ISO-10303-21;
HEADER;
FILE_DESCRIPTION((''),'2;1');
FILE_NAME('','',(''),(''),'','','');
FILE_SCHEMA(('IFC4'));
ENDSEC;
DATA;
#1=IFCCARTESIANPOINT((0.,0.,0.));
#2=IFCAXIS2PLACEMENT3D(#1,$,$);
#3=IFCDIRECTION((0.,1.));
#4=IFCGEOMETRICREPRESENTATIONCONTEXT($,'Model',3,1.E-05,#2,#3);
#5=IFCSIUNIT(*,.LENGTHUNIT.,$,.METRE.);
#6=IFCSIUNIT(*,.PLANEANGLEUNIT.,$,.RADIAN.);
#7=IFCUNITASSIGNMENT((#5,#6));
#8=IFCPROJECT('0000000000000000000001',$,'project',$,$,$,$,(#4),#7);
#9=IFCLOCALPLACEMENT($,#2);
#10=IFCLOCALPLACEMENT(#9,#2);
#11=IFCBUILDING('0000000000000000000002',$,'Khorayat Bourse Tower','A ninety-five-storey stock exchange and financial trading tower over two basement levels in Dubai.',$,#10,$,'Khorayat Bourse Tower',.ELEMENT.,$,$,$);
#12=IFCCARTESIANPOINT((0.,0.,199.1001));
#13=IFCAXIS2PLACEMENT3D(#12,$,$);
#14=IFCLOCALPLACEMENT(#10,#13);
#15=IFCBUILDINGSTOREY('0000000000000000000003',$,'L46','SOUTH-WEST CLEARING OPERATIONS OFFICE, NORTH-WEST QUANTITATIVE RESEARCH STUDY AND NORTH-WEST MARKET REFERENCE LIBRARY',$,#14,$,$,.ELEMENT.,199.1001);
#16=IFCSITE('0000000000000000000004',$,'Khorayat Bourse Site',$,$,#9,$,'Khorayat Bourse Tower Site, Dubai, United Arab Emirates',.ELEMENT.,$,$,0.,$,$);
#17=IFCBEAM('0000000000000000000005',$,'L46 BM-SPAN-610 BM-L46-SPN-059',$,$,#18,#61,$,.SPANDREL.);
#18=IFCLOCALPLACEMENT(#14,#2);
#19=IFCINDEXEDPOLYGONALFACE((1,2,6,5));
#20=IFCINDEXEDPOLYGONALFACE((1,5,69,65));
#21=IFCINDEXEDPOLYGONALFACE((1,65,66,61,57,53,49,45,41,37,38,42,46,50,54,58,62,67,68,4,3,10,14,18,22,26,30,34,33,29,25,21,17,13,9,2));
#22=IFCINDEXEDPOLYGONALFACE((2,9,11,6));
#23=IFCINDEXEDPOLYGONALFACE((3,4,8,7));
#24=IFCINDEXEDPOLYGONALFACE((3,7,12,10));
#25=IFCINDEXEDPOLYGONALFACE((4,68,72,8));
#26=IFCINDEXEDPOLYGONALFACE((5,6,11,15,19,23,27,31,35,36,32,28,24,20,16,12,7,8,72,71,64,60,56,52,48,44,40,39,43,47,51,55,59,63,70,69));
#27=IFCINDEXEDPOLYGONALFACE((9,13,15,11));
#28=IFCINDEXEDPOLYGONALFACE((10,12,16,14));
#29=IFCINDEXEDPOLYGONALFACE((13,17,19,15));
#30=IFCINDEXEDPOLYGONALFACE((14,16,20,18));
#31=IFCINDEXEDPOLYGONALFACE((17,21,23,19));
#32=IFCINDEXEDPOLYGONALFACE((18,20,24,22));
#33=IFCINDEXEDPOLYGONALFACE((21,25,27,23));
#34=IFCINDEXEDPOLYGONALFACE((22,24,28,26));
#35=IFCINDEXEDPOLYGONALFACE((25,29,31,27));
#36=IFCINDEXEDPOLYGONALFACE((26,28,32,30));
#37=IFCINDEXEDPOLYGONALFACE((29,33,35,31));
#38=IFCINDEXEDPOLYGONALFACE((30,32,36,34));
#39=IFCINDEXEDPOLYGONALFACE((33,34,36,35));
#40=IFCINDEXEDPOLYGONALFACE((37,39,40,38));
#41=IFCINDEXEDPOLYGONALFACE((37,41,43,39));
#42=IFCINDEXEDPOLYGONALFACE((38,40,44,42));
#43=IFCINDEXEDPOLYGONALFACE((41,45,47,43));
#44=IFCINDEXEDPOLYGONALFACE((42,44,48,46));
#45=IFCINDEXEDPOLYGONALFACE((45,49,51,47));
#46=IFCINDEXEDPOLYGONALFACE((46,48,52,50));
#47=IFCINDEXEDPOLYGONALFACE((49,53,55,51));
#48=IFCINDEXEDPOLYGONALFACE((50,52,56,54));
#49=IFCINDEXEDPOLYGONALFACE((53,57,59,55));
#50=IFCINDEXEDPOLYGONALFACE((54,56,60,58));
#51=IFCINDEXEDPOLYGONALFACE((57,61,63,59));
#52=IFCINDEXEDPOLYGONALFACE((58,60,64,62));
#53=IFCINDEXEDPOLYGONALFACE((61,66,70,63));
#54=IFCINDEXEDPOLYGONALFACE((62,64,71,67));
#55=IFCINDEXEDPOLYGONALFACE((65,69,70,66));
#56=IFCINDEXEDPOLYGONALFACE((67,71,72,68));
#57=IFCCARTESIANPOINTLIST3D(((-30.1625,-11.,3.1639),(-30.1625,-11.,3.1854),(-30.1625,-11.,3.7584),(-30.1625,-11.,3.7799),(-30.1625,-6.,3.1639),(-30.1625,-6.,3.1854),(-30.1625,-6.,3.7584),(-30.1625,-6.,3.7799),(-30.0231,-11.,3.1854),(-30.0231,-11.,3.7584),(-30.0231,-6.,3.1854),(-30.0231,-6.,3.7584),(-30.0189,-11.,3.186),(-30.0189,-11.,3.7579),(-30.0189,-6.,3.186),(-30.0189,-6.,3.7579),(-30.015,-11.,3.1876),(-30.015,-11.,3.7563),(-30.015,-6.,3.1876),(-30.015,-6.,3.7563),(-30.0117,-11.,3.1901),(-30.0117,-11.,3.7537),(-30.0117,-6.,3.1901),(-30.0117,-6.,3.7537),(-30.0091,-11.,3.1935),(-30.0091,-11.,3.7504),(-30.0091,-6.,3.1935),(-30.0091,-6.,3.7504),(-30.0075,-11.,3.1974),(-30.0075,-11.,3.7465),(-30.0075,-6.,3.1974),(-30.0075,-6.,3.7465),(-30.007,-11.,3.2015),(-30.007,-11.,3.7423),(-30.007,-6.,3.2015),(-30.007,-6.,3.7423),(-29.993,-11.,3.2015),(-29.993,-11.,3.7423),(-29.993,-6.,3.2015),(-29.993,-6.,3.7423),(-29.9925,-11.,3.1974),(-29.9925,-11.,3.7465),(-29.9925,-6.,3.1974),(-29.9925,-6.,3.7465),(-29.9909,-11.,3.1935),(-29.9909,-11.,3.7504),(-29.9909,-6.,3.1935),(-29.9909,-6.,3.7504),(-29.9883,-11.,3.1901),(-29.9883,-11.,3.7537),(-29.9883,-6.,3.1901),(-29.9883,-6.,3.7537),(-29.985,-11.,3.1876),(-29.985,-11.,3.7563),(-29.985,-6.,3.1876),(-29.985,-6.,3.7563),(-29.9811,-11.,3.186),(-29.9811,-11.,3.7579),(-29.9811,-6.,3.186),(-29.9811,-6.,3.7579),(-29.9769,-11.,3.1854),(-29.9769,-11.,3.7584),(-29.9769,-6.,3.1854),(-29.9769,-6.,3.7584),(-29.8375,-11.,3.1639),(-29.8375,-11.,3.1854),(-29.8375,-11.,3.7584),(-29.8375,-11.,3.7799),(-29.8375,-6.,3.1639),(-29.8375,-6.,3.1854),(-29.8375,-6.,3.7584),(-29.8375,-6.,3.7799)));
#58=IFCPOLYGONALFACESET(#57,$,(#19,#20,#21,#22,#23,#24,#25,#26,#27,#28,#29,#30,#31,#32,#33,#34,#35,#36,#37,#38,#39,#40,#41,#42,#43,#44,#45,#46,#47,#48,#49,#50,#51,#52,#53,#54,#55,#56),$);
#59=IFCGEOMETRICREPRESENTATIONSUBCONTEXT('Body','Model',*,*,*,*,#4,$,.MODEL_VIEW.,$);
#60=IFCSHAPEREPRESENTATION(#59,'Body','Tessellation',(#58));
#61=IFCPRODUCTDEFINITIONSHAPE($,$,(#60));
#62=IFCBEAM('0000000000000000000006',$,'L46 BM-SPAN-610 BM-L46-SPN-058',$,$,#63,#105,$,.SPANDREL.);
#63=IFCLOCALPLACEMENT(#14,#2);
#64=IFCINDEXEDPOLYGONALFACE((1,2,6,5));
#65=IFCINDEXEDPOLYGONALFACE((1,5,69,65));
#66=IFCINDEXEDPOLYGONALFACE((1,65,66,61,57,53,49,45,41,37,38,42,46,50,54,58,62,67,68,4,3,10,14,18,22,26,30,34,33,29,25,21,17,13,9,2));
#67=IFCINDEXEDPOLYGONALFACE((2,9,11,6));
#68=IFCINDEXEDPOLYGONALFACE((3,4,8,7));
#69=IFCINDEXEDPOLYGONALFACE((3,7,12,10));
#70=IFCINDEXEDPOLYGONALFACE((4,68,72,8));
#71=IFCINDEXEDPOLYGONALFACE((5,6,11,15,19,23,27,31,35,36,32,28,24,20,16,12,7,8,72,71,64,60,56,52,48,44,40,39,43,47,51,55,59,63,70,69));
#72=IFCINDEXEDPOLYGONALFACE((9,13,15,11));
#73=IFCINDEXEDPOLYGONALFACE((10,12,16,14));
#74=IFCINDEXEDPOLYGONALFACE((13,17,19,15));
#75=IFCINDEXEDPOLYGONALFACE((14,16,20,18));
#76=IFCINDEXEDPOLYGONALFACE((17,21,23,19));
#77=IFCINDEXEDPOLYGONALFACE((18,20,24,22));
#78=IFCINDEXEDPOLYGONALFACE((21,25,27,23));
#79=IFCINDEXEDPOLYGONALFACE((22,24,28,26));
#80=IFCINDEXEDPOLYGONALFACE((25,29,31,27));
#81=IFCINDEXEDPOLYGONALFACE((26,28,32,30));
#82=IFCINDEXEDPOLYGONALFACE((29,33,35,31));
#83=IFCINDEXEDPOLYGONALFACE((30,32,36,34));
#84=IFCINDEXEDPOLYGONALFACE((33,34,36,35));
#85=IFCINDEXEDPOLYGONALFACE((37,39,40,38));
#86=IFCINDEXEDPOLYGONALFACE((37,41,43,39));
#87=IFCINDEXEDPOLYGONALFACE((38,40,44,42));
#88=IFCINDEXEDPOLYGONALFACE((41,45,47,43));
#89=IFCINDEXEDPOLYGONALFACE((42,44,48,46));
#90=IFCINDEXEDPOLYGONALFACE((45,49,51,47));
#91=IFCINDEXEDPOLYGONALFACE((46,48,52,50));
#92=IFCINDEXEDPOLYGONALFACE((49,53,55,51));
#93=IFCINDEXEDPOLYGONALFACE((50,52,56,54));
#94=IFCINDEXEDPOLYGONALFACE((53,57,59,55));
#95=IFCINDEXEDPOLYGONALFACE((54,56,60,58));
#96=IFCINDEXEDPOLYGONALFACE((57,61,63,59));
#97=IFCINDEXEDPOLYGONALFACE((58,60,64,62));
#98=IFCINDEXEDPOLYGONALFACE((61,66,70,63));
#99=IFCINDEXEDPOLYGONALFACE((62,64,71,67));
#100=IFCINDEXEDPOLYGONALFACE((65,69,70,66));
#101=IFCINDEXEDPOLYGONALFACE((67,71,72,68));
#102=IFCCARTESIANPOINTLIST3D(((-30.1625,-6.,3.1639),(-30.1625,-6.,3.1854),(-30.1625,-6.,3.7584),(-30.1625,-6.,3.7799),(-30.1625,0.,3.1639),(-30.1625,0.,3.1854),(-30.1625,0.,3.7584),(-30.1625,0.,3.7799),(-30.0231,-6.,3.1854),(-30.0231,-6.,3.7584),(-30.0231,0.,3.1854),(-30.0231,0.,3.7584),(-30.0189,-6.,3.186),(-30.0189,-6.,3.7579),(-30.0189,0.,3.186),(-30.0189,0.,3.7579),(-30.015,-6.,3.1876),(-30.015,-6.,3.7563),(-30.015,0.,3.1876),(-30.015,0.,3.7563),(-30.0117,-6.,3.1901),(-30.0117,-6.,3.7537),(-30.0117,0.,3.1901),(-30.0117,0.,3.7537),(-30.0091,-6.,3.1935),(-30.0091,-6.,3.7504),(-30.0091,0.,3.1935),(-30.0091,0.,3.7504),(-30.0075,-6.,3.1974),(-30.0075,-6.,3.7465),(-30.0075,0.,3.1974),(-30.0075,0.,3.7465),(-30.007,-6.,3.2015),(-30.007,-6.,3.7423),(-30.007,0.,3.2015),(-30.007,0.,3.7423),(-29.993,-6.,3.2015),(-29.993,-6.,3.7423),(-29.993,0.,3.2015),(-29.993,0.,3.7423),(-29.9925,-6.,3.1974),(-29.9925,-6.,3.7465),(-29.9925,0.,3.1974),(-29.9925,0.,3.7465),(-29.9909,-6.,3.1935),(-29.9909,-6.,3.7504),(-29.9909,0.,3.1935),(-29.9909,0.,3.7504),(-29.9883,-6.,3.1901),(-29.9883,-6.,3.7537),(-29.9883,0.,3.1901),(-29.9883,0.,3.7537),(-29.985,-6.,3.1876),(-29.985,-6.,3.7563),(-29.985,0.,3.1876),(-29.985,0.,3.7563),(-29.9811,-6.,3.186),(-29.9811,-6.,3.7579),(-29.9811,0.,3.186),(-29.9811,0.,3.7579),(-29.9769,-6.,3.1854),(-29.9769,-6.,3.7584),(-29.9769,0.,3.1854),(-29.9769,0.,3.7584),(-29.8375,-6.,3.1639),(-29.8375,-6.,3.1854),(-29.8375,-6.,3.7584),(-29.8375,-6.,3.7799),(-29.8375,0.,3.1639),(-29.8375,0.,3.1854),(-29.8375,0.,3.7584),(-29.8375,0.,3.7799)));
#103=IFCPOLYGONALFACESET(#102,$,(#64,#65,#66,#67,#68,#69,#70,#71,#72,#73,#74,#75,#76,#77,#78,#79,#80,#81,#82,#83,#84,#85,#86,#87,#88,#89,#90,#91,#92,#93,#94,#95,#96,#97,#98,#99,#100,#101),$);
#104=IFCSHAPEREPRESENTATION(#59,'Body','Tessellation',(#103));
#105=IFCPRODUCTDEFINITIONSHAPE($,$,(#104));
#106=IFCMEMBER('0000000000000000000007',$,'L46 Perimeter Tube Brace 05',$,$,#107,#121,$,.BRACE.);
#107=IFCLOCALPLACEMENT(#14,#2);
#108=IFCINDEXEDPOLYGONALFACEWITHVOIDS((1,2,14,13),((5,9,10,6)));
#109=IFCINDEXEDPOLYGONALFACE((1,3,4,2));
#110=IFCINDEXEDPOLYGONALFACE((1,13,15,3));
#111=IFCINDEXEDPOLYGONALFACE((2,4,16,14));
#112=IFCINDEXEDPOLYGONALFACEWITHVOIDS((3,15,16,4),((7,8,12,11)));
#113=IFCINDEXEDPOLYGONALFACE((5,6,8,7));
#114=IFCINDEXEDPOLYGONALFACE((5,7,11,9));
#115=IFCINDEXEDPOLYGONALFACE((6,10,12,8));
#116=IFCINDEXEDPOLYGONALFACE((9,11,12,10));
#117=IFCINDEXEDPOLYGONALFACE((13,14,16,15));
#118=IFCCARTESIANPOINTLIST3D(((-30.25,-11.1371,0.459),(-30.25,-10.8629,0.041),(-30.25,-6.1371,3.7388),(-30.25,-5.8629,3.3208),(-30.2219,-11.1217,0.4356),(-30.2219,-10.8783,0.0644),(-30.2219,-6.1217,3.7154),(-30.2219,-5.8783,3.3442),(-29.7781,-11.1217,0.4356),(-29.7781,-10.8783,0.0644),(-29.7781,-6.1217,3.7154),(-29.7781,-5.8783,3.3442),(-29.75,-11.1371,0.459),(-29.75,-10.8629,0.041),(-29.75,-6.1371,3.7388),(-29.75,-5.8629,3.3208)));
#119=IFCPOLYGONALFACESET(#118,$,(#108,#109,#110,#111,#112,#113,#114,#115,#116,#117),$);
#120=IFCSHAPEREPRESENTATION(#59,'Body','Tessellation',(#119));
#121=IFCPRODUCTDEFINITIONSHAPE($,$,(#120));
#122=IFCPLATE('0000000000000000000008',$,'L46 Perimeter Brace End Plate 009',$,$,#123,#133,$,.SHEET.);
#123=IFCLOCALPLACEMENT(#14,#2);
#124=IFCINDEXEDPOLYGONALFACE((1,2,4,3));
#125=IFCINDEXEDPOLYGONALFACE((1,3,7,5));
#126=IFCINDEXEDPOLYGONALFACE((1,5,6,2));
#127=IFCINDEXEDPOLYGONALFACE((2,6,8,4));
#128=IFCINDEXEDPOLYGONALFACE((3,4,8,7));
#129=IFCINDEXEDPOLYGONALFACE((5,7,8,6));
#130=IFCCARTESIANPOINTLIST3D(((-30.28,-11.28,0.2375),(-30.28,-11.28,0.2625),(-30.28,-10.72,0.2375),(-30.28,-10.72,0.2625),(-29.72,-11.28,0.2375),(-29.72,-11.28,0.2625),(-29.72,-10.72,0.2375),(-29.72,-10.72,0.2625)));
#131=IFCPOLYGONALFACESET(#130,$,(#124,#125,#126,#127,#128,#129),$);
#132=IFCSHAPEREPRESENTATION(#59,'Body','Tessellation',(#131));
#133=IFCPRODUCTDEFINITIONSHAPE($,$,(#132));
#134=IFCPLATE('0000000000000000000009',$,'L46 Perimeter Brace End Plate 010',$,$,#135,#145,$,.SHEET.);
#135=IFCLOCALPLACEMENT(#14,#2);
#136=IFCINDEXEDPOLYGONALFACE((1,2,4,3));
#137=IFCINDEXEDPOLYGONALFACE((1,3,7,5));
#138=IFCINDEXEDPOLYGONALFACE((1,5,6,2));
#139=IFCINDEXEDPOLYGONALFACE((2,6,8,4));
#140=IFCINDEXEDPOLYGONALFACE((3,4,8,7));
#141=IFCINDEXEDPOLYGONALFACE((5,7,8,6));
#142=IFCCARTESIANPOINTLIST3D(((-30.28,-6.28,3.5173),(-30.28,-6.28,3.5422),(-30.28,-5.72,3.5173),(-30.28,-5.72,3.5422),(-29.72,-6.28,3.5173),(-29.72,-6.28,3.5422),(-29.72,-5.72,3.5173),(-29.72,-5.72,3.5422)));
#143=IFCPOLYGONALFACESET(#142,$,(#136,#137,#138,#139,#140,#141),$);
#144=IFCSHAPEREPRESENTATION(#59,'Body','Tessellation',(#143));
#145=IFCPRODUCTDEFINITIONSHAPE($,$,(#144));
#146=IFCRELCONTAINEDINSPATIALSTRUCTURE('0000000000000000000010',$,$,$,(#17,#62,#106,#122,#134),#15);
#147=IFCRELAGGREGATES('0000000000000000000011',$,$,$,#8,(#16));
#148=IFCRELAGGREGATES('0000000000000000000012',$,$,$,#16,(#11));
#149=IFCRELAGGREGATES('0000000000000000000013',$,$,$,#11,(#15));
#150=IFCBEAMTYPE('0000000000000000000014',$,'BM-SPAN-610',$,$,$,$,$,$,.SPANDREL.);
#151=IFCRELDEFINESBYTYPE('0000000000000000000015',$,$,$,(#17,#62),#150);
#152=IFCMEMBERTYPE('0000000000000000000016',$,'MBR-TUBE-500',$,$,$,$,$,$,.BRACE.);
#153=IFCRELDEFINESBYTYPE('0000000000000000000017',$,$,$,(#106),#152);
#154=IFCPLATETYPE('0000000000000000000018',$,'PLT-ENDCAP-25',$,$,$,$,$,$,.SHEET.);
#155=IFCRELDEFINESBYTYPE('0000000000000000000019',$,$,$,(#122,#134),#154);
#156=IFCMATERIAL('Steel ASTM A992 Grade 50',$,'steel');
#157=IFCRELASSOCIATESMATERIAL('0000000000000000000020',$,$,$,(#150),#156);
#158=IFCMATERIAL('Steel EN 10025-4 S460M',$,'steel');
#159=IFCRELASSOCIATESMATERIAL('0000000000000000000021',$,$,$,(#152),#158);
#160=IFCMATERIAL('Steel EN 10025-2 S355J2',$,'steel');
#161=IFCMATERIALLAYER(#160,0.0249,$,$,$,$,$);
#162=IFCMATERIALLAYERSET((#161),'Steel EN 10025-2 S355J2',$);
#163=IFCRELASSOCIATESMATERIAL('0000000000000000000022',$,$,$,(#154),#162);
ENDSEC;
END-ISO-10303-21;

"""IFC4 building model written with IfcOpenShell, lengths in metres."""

from ifc_helpers import new_model, si_unit, direction, frame, origin, origin_2d, place, context, subcontext, project, spatial, rectangle, hollow_rectangle, i_section, extrude, source, transform, mapped, material, layer, layer_set, material_profile, profile_set, type_object, element, save


model = new_model("IFC4")

# Units and contexts
model_context = context("Model", 3, precision=1e-05, world=origin(), true_north=direction((0.0, 1.0)))
body_context = subcontext(model_context, "Body", "Model", "MODEL_VIEW")
ifc_project = project(units=[si_unit("LENGTHUNIT", "METRE"), si_unit("PLANEANGLEUNIT", "RADIAN")], contexts=[model_context])

# Site, building, storey
site_placement = place(None, origin())
site = spatial("IfcSite", under=ifc_project, at=site_placement, Name="Khorayat Bourse Site", LongName="Khorayat Bourse Tower Site, Dubai, United Arab Emirates", CompositionType="ELEMENT", RefElevation=0.0)
building_placement = place(site_placement, origin())
building = spatial("IfcBuilding", under=site, at=building_placement, Name="Khorayat Bourse Tower", Description="A ninety-five-storey stock exchange and financial trading tower over two basement levels in Dubai.", LongName="Khorayat Bourse Tower", CompositionType="ELEMENT")
storey_placement = place(building_placement, frame((0.0, 0.0, 199.1001)))
storey = spatial("IfcBuildingStorey", under=building, at=storey_placement, Name="L46", Description="SOUTH-WEST CLEARING OPERATIONS OFFICE, NORTH-WEST QUANTITATIVE RESEARCH STUDY AND NORTH-WEST MARKET REFERENCE LIBRARY", CompositionType="ELEMENT", Elevation=199.1001)

# Shared definitions
ifc_material_1 = material(Name="Steel EN 10025-4 S460M", Category="steel")

# Beams
ifc_material_2 = material(Name="Steel ASTM A992 Grade 50", Category="steel")
ifc_material_profile_1 = material_profile(ifc_material_2, i_section(OverallWidth=0.325, OverallDepth=0.616, WebThickness=0.0139, FlangeThickness=0.0215, FilletRadius=0.0161, at=origin_2d()), Name="W610X174")
ifc_profile_set_1 = profile_set([ifc_material_profile_1], Name="Steel ASTM A992 Grade 50")
beam_type_1 = type_object("IfcBeamType", Name="BM-SPAN-610", PredefinedType="SPANDREL", material=ifc_profile_set_1)
shared_shape_1 = source(origin(), body_context, "Body", "SweptSolid", [
    extrude(i_section(OverallWidth=0.325, OverallDepth=0.616, WebThickness=0.0139, FlangeThickness=0.0215, FilletRadius=0.0161, at=origin_2d()), origin(), (0.0, 0.0, 1.0), 5.0),
])
beam_1_placement = place(storey_placement, frame((-30.0, -11.0, 3.4719), z_axis=(0.0, 1.0, 0.0), x_axis=(-1.0, 0.0, 0.0)))
element("IfcBeam", 1, at=beam_1_placement, inside=storey, type_object=beam_type_1, Name="L46 BM-SPAN-610 BM-L46-SPN-059", PredefinedType="SPANDREL", context=body_context, shape_type="MappedRepresentation", body=[
    mapped(shared_shape_1, transform((0.0, 0.0, 0.0), scale=1.0)),
])
shared_shape_2 = source(origin(), body_context, "Body", "SweptSolid", [
    extrude(i_section(OverallWidth=0.325, OverallDepth=0.616, WebThickness=0.0139, FlangeThickness=0.0215, FilletRadius=0.0161, at=origin_2d()), origin(), (0.0, 0.0, 1.0), 6.0),
])
beam_2_placement = place(storey_placement, frame((-30.0, -6.0, 3.4719), z_axis=(0.0, 1.0, 0.0), x_axis=(-1.0, 0.0, 0.0)))
element("IfcBeam", 2, at=beam_2_placement, inside=storey, type_object=beam_type_1, Name="L46 BM-SPAN-610 BM-L46-SPN-058", PredefinedType="SPANDREL", context=body_context, shape_type="MappedRepresentation", body=[
    mapped(shared_shape_2, transform((0.0, 0.0, 0.0), scale=1.0)),
])

# Member
ifc_material_profile_2 = material_profile(ifc_material_1, hollow_rectangle(XDim=0.5, YDim=0.5, WallThickness=0.0281, at=origin_2d()), Name="HSS 500x500x28")
ifc_profile_set_2 = profile_set([ifc_material_profile_2], Name="Steel EN 10025-4 S460M")
member_type = type_object("IfcMemberType", Name="MBR-TUBE-500", PredefinedType="BRACE", material=ifc_profile_set_2)
shared_shape_3 = source(origin(), body_context, "Body", "SweptSolid", [
    extrude(hollow_rectangle(XDim=0.5, YDim=0.5, WallThickness=0.0281, at=origin_2d()), origin(), (0.0, 0.0, 1.0), 5.9797),
])
member_placement = place(storey_placement, frame((-30.0, -11.0, 0.25), z_axis=(0.0, 0.83616, 0.548485), x_axis=(-1.0, 0.0, 0.0)))
element("IfcMember", 3, at=member_placement, inside=storey, type_object=member_type, Name="L46 Perimeter Tube Brace 05", PredefinedType="BRACE", context=body_context, shape_type="MappedRepresentation", body=[
    mapped(shared_shape_3, transform((0.0, 0.0, 0.0), scale=1.0)),
])

# Plates
ifc_material_3 = material(Name="Steel EN 10025-2 S355J2", Category="steel")
ifc_layer_1 = layer(ifc_material_3, 0.0249)
ifc_layer_set_1 = layer_set([ifc_layer_1], Name="Steel EN 10025-2 S355J2")
plate_type = type_object("IfcPlateType", Name="PLT-ENDCAP-25", PredefinedType="SHEET", material=ifc_layer_set_1)
shared_shape_4 = source(origin(), body_context, "Body", "SweptSolid", [
    extrude(rectangle(XDim=0.5601, YDim=0.5601, at=origin_2d()), origin(), (0.0, 0.0, 1.0), 0.0249),
])
for number, where, z_axis, x_axis, name in (
    (4, (-30.0, -11.0, 0.2375), (0.0, 0.0, 1.0), (1.0, 0.0, 0.0), "L46 Perimeter Brace End Plate 009"),
    (5, (-30.0, -6.0, 3.5173), (0.0, 0.0, 1.0), (1.0, 0.0, 0.0), "L46 Perimeter Brace End Plate 010"),
):
    element("IfcPlate", number, at=place(storey_placement, frame(where, z_axis=z_axis, x_axis=x_axis)), inside=storey, type_object=plate_type, Name=name, PredefinedType="SHEET", context=body_context, shape_type="MappedRepresentation", body=[
        mapped(shared_shape_4, transform((0.0, 0.0, 0.0), scale=1.0)),
    ])

save(model, "model.ifc")
